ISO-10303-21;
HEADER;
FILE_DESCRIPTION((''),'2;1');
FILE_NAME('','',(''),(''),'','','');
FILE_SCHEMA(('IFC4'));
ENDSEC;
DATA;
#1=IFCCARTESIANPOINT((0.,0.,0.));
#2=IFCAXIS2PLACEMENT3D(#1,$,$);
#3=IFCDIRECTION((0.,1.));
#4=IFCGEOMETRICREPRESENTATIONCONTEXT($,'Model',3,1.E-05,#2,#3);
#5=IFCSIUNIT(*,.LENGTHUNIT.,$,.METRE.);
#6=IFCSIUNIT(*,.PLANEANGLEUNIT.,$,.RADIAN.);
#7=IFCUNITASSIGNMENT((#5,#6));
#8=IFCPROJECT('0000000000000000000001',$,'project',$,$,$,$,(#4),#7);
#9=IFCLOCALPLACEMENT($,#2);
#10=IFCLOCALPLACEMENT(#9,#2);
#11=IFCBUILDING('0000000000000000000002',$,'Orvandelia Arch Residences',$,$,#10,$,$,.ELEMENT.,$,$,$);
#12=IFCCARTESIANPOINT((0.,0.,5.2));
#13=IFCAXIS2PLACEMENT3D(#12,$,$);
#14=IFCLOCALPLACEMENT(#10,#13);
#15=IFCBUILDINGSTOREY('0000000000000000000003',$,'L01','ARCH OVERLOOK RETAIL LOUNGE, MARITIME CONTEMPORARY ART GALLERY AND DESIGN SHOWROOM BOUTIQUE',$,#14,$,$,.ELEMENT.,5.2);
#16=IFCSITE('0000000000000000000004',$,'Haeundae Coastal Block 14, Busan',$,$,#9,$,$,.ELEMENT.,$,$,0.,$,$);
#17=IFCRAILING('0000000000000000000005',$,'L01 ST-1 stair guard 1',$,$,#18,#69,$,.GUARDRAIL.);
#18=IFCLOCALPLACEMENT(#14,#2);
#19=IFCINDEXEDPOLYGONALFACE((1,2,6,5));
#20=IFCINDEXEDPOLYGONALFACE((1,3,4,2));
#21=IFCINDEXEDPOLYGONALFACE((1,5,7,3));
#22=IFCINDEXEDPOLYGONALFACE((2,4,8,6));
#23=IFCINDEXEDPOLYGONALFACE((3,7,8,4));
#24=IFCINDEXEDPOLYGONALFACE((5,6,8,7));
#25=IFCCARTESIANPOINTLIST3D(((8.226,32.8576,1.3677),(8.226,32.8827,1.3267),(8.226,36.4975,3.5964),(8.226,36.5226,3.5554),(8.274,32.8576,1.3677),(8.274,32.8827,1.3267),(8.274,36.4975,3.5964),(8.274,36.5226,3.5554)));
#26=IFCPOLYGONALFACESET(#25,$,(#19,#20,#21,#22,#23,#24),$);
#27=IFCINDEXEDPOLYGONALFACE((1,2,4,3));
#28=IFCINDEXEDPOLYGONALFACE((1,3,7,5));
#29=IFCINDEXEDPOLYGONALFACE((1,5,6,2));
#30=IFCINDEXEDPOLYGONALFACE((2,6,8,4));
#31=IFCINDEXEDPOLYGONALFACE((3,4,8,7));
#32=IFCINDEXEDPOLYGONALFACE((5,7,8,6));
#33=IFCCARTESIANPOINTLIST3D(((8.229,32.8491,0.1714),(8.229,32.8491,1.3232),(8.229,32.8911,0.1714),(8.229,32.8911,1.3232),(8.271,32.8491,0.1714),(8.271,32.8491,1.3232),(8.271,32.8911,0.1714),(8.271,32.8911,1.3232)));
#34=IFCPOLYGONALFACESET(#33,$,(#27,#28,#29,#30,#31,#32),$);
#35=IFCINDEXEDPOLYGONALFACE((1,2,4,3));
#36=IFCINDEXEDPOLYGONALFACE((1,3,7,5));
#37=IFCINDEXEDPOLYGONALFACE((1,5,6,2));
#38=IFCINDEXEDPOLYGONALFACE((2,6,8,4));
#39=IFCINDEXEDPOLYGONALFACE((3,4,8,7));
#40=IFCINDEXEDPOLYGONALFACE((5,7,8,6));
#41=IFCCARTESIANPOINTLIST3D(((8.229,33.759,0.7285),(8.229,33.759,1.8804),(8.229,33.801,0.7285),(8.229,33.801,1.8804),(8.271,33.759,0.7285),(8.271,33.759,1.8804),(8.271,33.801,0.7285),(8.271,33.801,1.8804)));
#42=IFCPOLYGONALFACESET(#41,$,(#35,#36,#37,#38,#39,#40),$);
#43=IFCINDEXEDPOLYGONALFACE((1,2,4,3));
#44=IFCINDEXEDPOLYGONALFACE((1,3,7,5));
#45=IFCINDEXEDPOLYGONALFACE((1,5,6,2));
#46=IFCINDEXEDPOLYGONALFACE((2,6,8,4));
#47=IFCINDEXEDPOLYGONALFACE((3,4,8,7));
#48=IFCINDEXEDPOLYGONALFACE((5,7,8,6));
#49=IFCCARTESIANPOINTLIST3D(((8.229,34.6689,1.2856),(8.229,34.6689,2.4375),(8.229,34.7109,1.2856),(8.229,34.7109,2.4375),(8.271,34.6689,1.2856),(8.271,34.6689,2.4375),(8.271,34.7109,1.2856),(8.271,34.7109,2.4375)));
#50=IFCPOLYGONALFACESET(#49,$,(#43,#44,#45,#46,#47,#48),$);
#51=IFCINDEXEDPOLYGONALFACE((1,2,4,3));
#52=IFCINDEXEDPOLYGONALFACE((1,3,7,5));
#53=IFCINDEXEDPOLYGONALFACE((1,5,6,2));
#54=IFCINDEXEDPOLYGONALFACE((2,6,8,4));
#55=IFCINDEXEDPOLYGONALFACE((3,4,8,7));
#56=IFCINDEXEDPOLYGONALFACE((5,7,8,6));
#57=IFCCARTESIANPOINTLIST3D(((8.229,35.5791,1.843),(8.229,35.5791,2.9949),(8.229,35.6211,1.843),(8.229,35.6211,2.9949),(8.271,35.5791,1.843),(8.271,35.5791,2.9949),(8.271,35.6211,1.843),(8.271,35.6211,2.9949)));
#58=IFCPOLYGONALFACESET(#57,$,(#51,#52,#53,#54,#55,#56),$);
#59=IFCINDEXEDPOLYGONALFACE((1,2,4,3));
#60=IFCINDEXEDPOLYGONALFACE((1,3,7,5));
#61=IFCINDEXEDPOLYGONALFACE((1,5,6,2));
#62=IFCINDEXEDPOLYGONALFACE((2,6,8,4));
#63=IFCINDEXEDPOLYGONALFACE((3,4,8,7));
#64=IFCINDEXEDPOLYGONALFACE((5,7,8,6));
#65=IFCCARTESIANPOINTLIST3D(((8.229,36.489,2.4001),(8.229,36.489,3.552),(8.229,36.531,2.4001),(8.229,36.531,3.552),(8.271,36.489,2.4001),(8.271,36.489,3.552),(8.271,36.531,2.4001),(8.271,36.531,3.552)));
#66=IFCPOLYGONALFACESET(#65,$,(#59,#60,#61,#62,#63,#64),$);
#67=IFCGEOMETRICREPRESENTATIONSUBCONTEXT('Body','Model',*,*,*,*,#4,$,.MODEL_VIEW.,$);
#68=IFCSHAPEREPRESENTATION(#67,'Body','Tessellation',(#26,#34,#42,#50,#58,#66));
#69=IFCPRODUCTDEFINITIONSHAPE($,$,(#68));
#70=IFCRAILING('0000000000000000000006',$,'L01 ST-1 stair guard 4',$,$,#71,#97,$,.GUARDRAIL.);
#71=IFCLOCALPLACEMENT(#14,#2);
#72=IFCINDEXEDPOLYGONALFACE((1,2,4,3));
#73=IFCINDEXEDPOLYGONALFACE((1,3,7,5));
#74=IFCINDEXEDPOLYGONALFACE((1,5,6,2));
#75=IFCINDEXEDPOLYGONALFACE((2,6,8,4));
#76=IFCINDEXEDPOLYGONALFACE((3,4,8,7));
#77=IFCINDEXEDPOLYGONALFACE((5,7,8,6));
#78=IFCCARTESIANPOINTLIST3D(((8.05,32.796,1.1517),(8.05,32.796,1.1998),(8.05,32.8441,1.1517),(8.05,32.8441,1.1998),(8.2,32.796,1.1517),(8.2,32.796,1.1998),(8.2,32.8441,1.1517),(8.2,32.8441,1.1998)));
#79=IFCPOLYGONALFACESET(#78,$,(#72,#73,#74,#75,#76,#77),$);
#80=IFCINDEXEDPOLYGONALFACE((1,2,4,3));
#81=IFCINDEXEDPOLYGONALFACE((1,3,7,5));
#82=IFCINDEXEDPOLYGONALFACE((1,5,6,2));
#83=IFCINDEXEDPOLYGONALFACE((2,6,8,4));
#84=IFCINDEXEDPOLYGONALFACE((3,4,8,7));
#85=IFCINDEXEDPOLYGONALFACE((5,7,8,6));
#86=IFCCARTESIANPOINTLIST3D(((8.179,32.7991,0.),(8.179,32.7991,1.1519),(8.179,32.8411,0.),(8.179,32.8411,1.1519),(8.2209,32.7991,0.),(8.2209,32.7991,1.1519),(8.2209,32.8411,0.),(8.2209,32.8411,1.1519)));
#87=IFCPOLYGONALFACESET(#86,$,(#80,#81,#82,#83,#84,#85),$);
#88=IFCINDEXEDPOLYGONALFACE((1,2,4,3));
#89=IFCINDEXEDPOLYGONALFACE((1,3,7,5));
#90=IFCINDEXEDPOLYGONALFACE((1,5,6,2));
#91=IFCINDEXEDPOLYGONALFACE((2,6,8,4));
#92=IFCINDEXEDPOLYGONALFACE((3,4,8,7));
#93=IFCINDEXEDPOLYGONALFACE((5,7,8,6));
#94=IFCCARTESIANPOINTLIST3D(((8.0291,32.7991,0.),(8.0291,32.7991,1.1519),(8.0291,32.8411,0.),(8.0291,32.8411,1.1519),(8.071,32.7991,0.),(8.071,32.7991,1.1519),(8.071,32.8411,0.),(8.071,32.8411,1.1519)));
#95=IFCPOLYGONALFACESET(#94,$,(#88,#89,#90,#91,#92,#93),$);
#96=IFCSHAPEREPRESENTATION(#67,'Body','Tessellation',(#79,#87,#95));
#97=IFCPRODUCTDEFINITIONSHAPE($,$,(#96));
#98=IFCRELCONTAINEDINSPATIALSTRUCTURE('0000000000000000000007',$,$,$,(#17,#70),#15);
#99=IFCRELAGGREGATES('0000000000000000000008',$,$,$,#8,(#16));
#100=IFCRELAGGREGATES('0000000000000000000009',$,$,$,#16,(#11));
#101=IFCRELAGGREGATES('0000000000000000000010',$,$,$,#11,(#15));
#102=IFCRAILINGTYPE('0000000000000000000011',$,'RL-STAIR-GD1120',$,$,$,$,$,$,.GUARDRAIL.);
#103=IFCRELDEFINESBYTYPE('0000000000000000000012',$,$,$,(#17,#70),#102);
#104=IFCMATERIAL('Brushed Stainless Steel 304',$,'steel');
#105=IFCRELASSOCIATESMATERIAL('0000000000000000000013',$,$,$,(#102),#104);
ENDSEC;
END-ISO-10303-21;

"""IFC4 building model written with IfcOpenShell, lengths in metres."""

from ifc_helpers import new_model, si_unit, direction, frame, origin, origin_2d, place, context, subcontext, project, spatial, rectangle, extrude, material, type_object, element, save


model = new_model("IFC4")

# Units and contexts
model_context = context("Model", 3, precision=1e-05, world=origin(), true_north=direction((0.0, 1.0)))
body_context = subcontext(model_context, "Body", "Model", "MODEL_VIEW")
ifc_project = project(units=[si_unit("LENGTHUNIT", "METRE"), si_unit("PLANEANGLEUNIT", "RADIAN")], contexts=[model_context])

# Site, building, storey
site_placement = place(None, origin())
site = spatial("IfcSite", under=ifc_project, at=site_placement, Name="Haeundae Coastal Block 14, Busan", CompositionType="ELEMENT", RefElevation=0.0)
building_placement = place(site_placement, origin())
building = spatial("IfcBuilding", under=site, at=building_placement, Name="Orvandelia Arch Residences", CompositionType="ELEMENT")
storey_placement = place(building_placement, frame((0.0, 0.0, 5.2)))
storey = spatial("IfcBuildingStorey", under=building, at=storey_placement, Name="L01", Description="ARCH OVERLOOK RETAIL LOUNGE, MARITIME CONTEMPORARY ART GALLERY AND DESIGN SHOWROOM BOUTIQUE", CompositionType="ELEMENT", Elevation=5.2)

# Railings
ifc_material_1 = material(Name="Brushed Stainless Steel 304", Category="steel")
railing_type = type_object("IfcRailingType", Name="RL-STAIR-GD1120", PredefinedType="GUARDRAIL", material=ifc_material_1)
railing_1_placement = place(storey_placement, frame((8.25, 32.8701, 0.1714)))
element("IfcRailing", 1, at=railing_1_placement, inside=storey, type_object=railing_type, Name="L01 ST-1 stair guard 1", PredefinedType="GUARDRAIL", context=body_context, shape_type="SweptSolid", body=[
    extrude(rectangle(XDim=0.0481, YDim=0.0481, at=origin_2d()), frame((0.0, 0.0, 1.1758), z_axis=(0.0, 0.852825, 0.522197), x_axis=(-1.0, 0.0, 0.0)), (0.0, 0.0, 1.0), 4.2681),
    extrude(rectangle(XDim=0.042, YDim=0.042, at=origin_2d()), origin(), (0.0, 0.0, 1.0), 1.1519),
    extrude(rectangle(XDim=0.042, YDim=0.042, at=origin_2d()), frame((0.0, 0.9099, 0.5571)), (0.0, 0.0, 1.0), 1.1519),
    extrude(rectangle(XDim=0.042, YDim=0.042, at=origin_2d()), frame((0.0, 1.8198, 1.1143)), (0.0, 0.0, 1.0), 1.1519),
    extrude(rectangle(XDim=0.042, YDim=0.042, at=origin_2d()), frame((0.0, 2.73, 1.6716)), (0.0, 0.0, 1.0), 1.1519),
    extrude(rectangle(XDim=0.042, YDim=0.042, at=origin_2d()), frame((0.0, 3.6399, 2.2288)), (0.0, 0.0, 1.0), 1.1519),
])
railing_2_placement = place(storey_placement, frame((8.2, 32.8201, 0.0)))
element("IfcRailing", 2, at=railing_2_placement, inside=storey, type_object=railing_type, Name="L01 ST-1 stair guard 4", PredefinedType="GUARDRAIL", context=body_context, shape_type="SweptSolid", body=[
    extrude(rectangle(XDim=0.0481, YDim=0.0481, at=origin_2d()), frame((0.0, 0.0, 1.1758), z_axis=(-1.0, 0.0, 0.0), x_axis=(0.0, -1.0, 0.0)), (0.0, 0.0, 1.0), 0.1499),
    extrude(rectangle(XDim=0.042, YDim=0.042, at=origin_2d()), origin(), (0.0, 0.0, 1.0), 1.1519),
    extrude(rectangle(XDim=0.042, YDim=0.042, at=origin_2d()), frame((-0.1499, 0.0, 0.0)), (0.0, 0.0, 1.0), 1.1519),
])

save(model, "model.ifc")
